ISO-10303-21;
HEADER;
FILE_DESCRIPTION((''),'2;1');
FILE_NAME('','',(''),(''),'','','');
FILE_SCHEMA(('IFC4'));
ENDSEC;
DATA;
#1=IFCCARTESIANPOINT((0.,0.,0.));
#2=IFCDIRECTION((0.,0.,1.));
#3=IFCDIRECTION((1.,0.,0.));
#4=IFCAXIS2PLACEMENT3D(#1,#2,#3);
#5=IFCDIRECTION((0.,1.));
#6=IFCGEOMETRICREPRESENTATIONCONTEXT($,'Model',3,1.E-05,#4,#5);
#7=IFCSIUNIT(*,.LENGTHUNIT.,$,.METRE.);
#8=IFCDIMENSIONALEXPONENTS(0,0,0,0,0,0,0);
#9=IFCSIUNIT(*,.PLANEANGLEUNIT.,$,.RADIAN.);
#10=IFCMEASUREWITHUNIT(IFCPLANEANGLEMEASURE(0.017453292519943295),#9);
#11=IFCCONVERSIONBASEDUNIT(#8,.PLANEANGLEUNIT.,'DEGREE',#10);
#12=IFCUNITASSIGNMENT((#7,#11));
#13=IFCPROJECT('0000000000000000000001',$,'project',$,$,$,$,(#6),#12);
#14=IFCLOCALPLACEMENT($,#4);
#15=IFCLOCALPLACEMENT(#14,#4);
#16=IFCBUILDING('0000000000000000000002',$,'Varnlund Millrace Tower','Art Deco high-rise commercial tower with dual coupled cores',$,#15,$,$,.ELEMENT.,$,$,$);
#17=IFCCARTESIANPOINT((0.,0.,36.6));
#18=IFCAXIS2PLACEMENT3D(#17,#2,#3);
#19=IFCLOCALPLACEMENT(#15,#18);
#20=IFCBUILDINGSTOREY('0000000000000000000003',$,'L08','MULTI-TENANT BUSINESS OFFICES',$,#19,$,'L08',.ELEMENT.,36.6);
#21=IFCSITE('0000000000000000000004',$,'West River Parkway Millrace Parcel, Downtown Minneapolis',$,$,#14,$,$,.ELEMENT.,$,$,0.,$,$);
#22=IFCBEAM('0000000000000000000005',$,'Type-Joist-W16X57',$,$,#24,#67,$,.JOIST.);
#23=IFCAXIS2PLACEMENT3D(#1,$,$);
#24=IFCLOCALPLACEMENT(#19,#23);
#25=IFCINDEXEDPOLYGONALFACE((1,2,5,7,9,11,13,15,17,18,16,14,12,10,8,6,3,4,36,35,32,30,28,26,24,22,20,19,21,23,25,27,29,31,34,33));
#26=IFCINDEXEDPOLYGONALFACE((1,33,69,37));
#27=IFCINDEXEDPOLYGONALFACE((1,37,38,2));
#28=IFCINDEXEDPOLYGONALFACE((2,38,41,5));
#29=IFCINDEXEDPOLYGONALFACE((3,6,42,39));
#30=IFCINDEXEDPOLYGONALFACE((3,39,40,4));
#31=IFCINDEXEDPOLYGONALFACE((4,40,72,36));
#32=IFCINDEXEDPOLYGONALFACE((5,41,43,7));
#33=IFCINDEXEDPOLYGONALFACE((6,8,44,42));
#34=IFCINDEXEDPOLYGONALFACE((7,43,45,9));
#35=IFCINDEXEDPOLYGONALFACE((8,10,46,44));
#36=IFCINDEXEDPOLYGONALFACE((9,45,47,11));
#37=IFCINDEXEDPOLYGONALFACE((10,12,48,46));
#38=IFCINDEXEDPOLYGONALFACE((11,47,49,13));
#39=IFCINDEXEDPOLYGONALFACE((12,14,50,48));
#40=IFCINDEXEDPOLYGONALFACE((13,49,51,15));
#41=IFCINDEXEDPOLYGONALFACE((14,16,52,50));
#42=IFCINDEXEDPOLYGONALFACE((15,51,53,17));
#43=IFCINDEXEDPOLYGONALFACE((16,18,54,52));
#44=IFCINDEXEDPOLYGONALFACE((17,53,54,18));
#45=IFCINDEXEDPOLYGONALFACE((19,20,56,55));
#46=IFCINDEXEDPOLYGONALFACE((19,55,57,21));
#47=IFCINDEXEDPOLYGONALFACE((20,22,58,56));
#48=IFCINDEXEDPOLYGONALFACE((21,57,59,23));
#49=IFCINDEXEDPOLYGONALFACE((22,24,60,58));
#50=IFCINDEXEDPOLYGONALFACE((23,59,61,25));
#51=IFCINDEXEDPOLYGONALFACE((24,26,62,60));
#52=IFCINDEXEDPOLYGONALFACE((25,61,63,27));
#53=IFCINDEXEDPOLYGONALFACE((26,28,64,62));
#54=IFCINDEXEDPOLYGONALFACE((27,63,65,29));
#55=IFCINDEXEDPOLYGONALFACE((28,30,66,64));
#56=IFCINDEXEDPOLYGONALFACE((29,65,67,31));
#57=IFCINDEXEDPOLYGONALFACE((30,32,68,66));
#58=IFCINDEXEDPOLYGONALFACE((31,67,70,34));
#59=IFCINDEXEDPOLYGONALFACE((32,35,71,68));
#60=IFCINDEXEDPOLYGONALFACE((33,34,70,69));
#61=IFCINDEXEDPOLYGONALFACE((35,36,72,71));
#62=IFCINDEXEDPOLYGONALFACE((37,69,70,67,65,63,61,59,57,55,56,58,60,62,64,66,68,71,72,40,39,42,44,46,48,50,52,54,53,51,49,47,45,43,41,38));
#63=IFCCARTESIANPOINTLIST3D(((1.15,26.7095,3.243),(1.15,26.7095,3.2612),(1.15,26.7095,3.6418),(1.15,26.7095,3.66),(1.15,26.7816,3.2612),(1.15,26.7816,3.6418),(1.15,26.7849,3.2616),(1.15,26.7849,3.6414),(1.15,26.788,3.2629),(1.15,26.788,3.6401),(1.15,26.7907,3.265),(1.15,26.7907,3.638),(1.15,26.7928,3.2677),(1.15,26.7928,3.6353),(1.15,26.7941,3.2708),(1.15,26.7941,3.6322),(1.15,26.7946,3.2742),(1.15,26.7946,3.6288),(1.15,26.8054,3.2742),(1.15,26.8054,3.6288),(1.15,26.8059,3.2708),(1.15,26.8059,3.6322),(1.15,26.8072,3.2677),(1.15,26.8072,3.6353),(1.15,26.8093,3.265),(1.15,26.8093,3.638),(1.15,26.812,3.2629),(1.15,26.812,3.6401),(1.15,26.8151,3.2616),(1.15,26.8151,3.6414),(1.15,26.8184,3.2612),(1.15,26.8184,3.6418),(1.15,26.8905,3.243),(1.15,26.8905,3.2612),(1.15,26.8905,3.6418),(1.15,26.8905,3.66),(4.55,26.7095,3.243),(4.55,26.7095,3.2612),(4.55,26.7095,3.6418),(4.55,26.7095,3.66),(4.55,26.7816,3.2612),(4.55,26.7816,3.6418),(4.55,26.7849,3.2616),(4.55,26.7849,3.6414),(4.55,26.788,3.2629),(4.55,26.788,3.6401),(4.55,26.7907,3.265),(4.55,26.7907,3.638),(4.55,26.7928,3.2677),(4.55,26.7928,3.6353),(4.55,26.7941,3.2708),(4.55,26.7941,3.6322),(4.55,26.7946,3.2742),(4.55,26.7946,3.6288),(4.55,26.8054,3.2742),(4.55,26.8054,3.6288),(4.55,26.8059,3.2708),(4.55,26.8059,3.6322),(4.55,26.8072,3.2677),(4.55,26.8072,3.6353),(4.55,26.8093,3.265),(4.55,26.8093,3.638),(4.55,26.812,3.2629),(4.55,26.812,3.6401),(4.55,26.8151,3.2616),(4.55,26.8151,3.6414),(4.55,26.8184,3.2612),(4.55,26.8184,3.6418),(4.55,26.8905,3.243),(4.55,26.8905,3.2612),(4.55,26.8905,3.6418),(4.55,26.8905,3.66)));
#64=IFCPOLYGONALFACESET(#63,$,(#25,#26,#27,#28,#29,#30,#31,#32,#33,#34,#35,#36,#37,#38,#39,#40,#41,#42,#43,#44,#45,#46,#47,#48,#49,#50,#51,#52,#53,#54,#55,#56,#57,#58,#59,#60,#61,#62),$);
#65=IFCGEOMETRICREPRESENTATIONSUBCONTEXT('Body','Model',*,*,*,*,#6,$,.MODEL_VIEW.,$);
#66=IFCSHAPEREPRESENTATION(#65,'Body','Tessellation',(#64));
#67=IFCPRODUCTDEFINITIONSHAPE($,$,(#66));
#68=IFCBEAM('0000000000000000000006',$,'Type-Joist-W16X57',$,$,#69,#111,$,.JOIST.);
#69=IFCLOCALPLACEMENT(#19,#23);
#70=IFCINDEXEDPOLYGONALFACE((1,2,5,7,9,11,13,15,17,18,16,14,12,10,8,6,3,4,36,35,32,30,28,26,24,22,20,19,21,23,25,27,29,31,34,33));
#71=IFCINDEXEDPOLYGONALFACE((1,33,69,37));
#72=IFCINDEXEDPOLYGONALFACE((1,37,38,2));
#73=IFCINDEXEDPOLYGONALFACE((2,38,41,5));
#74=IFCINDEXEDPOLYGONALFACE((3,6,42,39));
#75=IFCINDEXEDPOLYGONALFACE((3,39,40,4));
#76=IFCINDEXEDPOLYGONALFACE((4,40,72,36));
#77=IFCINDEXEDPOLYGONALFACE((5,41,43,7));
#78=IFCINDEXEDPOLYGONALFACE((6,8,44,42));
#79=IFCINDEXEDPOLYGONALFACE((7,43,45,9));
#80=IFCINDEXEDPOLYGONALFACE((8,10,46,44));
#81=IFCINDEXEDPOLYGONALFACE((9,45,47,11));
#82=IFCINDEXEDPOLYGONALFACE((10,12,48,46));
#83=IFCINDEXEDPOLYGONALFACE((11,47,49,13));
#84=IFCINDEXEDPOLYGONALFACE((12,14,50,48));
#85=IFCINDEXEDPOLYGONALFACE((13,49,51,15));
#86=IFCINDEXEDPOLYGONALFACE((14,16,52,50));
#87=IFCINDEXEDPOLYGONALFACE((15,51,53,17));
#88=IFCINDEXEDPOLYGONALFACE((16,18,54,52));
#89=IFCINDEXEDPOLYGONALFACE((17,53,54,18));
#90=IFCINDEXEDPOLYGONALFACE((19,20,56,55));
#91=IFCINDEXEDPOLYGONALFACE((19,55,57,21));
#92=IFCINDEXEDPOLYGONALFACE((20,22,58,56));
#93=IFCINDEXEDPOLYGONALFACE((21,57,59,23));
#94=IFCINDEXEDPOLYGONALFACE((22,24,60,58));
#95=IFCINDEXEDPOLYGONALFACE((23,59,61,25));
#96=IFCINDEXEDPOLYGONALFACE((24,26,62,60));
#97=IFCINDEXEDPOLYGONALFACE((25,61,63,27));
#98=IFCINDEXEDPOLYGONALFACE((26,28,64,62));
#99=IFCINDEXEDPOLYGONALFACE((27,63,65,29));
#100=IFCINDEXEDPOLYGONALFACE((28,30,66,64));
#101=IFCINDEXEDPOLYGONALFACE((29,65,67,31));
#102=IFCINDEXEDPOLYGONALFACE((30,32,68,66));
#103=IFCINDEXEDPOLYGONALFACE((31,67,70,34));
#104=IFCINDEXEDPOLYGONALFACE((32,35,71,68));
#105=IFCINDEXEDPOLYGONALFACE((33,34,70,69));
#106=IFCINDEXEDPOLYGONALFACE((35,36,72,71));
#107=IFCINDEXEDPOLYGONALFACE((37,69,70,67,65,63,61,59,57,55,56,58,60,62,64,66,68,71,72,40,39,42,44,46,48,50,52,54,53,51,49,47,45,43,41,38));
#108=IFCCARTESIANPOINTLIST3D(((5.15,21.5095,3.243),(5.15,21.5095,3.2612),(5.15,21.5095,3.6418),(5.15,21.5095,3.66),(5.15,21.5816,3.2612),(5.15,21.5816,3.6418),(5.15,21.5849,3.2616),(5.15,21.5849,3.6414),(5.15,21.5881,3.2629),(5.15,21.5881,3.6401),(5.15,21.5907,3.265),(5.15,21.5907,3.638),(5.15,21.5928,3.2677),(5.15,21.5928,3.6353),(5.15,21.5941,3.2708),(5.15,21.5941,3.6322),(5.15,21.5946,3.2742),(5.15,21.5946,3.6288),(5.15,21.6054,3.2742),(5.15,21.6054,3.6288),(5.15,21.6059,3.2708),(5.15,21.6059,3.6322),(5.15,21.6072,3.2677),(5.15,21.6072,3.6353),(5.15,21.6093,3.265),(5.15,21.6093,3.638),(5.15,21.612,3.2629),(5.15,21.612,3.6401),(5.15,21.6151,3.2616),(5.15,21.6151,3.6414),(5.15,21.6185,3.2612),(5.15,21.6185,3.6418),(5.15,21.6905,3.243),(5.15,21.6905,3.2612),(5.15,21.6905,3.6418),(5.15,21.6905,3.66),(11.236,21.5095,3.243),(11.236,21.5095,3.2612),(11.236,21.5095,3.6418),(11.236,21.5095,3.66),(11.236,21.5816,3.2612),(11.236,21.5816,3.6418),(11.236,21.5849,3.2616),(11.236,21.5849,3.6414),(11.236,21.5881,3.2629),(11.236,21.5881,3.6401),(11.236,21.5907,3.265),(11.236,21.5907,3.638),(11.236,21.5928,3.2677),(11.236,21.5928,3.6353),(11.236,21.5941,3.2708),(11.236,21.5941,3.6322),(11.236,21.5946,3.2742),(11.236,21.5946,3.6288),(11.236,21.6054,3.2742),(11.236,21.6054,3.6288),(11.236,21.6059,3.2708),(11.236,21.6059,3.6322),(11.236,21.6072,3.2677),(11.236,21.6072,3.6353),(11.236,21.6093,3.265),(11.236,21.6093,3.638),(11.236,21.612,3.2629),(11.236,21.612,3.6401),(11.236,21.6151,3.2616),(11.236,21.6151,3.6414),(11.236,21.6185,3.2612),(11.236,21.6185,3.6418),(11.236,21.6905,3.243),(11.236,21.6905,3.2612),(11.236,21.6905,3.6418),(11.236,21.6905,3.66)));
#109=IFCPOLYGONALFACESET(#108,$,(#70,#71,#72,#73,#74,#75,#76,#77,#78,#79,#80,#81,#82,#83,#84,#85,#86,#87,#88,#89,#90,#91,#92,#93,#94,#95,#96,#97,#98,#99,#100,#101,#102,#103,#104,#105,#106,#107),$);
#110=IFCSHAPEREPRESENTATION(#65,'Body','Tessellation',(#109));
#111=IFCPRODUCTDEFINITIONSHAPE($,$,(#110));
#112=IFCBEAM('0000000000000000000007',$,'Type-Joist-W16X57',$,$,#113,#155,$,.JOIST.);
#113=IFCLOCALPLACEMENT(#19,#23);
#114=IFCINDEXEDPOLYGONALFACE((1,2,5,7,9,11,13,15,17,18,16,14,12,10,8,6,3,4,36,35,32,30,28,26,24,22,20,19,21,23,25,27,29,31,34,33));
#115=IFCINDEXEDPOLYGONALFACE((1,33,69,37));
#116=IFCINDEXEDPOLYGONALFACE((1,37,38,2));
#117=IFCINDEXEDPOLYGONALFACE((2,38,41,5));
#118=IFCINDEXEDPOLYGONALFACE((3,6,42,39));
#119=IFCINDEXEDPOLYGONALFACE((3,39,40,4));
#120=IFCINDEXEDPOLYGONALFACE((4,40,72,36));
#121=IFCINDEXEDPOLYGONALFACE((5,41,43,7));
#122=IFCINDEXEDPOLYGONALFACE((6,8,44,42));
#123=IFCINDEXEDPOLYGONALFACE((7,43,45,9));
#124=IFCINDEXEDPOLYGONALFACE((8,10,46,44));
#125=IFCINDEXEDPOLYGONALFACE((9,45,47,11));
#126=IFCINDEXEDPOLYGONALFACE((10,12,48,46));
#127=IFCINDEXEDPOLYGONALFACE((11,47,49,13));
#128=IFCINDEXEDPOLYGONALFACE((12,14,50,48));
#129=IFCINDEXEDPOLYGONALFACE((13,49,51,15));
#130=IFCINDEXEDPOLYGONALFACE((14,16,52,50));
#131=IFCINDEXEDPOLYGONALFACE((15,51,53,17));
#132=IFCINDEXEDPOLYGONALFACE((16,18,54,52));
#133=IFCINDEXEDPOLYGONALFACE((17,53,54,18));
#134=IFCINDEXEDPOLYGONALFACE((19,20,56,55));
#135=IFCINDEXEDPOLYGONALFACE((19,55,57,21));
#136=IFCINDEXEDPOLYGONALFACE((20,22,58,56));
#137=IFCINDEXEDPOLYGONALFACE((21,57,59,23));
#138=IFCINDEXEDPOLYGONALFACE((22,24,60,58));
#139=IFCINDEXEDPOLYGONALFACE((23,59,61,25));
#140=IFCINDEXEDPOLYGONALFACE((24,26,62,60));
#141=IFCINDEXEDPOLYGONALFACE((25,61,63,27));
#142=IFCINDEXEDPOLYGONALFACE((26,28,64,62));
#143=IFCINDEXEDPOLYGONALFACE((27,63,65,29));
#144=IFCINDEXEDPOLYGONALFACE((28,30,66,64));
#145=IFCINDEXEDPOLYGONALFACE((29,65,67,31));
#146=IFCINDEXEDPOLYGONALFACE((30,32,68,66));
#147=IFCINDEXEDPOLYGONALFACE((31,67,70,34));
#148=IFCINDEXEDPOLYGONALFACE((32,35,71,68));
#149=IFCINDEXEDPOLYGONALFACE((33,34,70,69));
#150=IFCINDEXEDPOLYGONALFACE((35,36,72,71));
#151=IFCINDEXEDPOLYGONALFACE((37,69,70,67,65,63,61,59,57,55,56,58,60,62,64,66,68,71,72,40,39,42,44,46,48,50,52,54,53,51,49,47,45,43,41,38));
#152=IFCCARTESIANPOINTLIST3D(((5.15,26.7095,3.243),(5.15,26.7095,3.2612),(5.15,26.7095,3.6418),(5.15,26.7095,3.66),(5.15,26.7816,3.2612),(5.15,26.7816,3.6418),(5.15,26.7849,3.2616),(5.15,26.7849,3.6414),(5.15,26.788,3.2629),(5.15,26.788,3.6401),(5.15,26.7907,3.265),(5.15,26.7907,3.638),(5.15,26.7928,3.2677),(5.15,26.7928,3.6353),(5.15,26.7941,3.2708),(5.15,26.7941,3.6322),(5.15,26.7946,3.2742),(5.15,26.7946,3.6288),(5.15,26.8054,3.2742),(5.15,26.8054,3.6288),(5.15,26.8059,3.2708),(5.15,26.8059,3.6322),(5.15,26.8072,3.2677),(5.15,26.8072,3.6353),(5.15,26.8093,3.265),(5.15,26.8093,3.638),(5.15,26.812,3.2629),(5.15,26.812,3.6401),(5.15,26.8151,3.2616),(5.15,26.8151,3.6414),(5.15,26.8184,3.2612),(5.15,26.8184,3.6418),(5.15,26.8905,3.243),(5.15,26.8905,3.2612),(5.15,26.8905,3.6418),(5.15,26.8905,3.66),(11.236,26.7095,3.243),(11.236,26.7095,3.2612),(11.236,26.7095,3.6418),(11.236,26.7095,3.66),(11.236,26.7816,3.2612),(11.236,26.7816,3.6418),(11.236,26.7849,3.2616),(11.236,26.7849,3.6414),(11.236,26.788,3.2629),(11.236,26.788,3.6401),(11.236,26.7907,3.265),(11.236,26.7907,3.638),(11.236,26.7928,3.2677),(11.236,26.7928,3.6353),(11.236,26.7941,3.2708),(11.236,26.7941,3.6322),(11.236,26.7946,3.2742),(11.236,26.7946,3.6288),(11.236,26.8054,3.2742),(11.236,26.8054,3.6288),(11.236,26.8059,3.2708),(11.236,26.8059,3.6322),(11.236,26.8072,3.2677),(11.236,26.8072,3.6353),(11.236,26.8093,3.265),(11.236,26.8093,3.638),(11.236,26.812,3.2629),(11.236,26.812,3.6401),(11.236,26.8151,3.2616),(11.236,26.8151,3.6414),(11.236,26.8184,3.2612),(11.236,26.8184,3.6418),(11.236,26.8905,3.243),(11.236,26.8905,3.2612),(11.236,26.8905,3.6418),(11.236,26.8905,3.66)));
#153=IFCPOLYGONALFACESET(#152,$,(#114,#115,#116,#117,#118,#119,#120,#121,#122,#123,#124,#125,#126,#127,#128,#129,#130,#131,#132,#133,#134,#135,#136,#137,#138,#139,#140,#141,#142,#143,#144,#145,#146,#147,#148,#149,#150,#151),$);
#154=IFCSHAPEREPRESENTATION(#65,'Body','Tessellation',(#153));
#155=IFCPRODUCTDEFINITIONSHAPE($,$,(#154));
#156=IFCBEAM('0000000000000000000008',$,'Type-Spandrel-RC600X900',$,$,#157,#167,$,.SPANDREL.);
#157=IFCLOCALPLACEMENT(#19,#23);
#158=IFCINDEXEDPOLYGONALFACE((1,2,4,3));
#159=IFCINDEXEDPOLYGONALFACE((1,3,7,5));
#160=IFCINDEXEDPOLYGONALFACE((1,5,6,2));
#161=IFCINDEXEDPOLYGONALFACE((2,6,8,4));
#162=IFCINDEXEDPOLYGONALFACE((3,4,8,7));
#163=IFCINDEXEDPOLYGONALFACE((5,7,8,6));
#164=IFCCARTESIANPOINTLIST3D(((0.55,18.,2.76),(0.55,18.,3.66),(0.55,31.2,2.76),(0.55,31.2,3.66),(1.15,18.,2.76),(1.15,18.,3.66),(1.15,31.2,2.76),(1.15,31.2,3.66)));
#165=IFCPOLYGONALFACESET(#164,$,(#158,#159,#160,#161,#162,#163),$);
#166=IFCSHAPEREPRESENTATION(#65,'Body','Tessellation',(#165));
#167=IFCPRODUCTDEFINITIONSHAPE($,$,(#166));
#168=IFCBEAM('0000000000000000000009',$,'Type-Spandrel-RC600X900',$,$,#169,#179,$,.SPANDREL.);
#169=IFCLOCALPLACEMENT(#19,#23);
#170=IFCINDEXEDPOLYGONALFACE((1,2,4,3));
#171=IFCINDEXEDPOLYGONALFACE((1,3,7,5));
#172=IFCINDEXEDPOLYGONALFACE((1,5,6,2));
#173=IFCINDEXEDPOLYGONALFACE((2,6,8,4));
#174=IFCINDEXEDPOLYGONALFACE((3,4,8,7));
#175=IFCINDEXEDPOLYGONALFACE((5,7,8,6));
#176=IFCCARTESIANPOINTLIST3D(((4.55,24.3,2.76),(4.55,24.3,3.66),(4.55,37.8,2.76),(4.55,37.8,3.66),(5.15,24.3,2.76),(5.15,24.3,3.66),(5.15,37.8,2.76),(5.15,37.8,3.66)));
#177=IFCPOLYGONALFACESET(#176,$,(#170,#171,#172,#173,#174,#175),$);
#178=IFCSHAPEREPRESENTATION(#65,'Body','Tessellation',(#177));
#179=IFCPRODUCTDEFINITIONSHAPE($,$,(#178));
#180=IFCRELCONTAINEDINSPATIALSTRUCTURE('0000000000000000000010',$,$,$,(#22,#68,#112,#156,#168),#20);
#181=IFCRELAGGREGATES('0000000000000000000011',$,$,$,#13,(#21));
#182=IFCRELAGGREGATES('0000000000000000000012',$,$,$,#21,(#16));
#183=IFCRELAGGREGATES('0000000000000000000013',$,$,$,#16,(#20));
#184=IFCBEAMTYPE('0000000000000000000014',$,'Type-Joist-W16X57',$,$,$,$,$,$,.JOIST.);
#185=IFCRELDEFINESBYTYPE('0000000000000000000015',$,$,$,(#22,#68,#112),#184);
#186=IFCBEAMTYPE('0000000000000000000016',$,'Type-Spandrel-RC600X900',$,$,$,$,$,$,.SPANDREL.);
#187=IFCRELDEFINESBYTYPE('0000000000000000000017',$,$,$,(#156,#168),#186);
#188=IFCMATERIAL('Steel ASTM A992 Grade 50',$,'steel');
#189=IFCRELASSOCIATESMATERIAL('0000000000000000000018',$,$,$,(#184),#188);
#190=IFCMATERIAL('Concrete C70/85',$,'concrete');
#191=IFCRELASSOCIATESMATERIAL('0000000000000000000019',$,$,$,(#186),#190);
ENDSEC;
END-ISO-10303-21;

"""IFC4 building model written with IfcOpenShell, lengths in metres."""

from ifc_helpers import new_model, entity, si_unit, converted_unit, direction, frame, origin_with_axes, origin_2d_with_axis, place, context, subcontext, project, spatial, rectangle, i_section, extrude, material, material_profile, profile_set, type_object, element, save


model = new_model("IFC4")

# Units and contexts
model_context = context("Model", 3, precision=1e-05, world=origin_with_axes(), true_north=direction((0.0, 1.0)))
body_context = subcontext(model_context, "Body", "Model", "MODEL_VIEW")
ifc_project = project(units=[si_unit("LENGTHUNIT", "METRE"), converted_unit("PLANEANGLEUNIT", "DEGREE", entity("IfcPlaneAngleMeasure", 0.017453292519943295), si_unit("PLANEANGLEUNIT", "RADIAN"), dimensions=[0, 0, 0, 0, 0, 0, 0])], contexts=[model_context])

# Site, building, storey
site_placement = place(None, origin_with_axes())
site = spatial("IfcSite", under=ifc_project, at=site_placement, Name="West River Parkway Millrace Parcel, Downtown Minneapolis", CompositionType="ELEMENT", RefElevation=0.0)
building_placement = place(site_placement, origin_with_axes())
building = spatial("IfcBuilding", under=site, at=building_placement, Name="Varnlund Millrace Tower", Description="Art Deco high-rise commercial tower with dual coupled cores", CompositionType="ELEMENT")
storey_placement = place(building_placement, frame((0.0, 0.0, 36.6), z_axis=(0.0, 0.0, 1.0), x_axis=(1.0, 0.0, 0.0)))
storey = spatial("IfcBuildingStorey", under=building, at=storey_placement, Name="L08", Description="MULTI-TENANT BUSINESS OFFICES", LongName="L08", CompositionType="ELEMENT", Elevation=36.6)

# Beams
ifc_material_1 = material(Name="Steel ASTM A992 Grade 50", Category="steel")
ifc_material_profile_1 = material_profile(ifc_material_1, i_section(OverallWidth=0.181, OverallDepth=0.417, WebThickness=0.0109, FlangeThickness=0.0182, FilletRadius=0.013, at=origin_2d_with_axis()), Name="Steel ASTM A992 Grade 50")
ifc_profile_set_1 = profile_set([ifc_material_profile_1], Name="Steel ASTM A992 Grade 50")
beam_type_1 = type_object("IfcBeamType", Name="Type-Joist-W16X57", PredefinedType="JOIST", material=ifc_profile_set_1)
for number, where, z_axis, x_axis, name in (
    (1, (1.15, 26.8, 3.4515), (1.0, 0.0, 0.0), (0.0, 1.0, 0.0), "Type-Joist-W16X57"),
):
    element("IfcBeam", number, at=place(storey_placement, frame(where, z_axis=z_axis, x_axis=x_axis)), inside=storey, type_object=beam_type_1, Name=name, PredefinedType="JOIST", context=body_context, shape_type="SweptSolid", body=[
        extrude(i_section(OverallWidth=0.181, OverallDepth=0.417, WebThickness=0.0109, FlangeThickness=0.0182, FilletRadius=0.013, at=origin_2d_with_axis()), origin_with_axes(), (0.0, 0.0, 1.0), 3.4),
    ])
for number, where, z_axis, x_axis, name in (
    (2, (5.15, 21.6, 3.4515), (1.0, 0.0, 0.0), (0.0, 1.0, 0.0), "Type-Joist-W16X57"),
    (3, (5.15, 26.8, 3.4515), (1.0, 0.0, 0.0), (0.0, 1.0, 0.0), "Type-Joist-W16X57"),
):
    element("IfcBeam", number, at=place(storey_placement, frame(where, z_axis=z_axis, x_axis=x_axis)), inside=storey, type_object=beam_type_1, Name=name, PredefinedType="JOIST", context=body_context, shape_type="SweptSolid", body=[
        extrude(i_section(OverallWidth=0.181, OverallDepth=0.417, WebThickness=0.0109, FlangeThickness=0.0182, FilletRadius=0.013, at=origin_2d_with_axis()), origin_with_axes(), (0.0, 0.0, 1.0), 6.086),
    ])
ifc_material_2 = material(Name="Concrete C70/85", Category="concrete")
ifc_material_profile_2 = material_profile(ifc_material_2, rectangle(XDim=0.6, YDim=0.9, at=origin_2d_with_axis()), Name="Concrete C70/85")
ifc_profile_set_2 = profile_set([ifc_material_profile_2], Name="Concrete C70/85")
beam_type_2 = type_object("IfcBeamType", Name="Type-Spandrel-RC600X900", PredefinedType="SPANDREL", material=ifc_profile_set_2)
beam_1_placement = place(storey_placement, frame((0.85, 18.0, 3.21), z_axis=(0.0, 1.0, 0.0), x_axis=(-1.0, 0.0, 0.0)))
element("IfcBeam", 4, at=beam_1_placement, inside=storey, type_object=beam_type_2, Name="Type-Spandrel-RC600X900", PredefinedType="SPANDREL", context=body_context, shape_type="SweptSolid", body=[
    extrude(rectangle(XDim=0.6, YDim=0.9, at=origin_2d_with_axis()), origin_with_axes(), (0.0, 0.0, 1.0), 13.2),
])
beam_2_placement = place(storey_placement, frame((4.85, 24.3, 3.21), z_axis=(0.0, 1.0, 0.0), x_axis=(-1.0, 0.0, 0.0)))
element("IfcBeam", 5, at=beam_2_placement, inside=storey, type_object=beam_type_2, Name="Type-Spandrel-RC600X900", PredefinedType="SPANDREL", context=body_context, shape_type="SweptSolid", body=[
    extrude(rectangle(XDim=0.6, YDim=0.9, at=origin_2d_with_axis()), origin_with_axes(), (0.0, 0.0, 1.0), 13.5),
])

save(model, "model.ifc")
